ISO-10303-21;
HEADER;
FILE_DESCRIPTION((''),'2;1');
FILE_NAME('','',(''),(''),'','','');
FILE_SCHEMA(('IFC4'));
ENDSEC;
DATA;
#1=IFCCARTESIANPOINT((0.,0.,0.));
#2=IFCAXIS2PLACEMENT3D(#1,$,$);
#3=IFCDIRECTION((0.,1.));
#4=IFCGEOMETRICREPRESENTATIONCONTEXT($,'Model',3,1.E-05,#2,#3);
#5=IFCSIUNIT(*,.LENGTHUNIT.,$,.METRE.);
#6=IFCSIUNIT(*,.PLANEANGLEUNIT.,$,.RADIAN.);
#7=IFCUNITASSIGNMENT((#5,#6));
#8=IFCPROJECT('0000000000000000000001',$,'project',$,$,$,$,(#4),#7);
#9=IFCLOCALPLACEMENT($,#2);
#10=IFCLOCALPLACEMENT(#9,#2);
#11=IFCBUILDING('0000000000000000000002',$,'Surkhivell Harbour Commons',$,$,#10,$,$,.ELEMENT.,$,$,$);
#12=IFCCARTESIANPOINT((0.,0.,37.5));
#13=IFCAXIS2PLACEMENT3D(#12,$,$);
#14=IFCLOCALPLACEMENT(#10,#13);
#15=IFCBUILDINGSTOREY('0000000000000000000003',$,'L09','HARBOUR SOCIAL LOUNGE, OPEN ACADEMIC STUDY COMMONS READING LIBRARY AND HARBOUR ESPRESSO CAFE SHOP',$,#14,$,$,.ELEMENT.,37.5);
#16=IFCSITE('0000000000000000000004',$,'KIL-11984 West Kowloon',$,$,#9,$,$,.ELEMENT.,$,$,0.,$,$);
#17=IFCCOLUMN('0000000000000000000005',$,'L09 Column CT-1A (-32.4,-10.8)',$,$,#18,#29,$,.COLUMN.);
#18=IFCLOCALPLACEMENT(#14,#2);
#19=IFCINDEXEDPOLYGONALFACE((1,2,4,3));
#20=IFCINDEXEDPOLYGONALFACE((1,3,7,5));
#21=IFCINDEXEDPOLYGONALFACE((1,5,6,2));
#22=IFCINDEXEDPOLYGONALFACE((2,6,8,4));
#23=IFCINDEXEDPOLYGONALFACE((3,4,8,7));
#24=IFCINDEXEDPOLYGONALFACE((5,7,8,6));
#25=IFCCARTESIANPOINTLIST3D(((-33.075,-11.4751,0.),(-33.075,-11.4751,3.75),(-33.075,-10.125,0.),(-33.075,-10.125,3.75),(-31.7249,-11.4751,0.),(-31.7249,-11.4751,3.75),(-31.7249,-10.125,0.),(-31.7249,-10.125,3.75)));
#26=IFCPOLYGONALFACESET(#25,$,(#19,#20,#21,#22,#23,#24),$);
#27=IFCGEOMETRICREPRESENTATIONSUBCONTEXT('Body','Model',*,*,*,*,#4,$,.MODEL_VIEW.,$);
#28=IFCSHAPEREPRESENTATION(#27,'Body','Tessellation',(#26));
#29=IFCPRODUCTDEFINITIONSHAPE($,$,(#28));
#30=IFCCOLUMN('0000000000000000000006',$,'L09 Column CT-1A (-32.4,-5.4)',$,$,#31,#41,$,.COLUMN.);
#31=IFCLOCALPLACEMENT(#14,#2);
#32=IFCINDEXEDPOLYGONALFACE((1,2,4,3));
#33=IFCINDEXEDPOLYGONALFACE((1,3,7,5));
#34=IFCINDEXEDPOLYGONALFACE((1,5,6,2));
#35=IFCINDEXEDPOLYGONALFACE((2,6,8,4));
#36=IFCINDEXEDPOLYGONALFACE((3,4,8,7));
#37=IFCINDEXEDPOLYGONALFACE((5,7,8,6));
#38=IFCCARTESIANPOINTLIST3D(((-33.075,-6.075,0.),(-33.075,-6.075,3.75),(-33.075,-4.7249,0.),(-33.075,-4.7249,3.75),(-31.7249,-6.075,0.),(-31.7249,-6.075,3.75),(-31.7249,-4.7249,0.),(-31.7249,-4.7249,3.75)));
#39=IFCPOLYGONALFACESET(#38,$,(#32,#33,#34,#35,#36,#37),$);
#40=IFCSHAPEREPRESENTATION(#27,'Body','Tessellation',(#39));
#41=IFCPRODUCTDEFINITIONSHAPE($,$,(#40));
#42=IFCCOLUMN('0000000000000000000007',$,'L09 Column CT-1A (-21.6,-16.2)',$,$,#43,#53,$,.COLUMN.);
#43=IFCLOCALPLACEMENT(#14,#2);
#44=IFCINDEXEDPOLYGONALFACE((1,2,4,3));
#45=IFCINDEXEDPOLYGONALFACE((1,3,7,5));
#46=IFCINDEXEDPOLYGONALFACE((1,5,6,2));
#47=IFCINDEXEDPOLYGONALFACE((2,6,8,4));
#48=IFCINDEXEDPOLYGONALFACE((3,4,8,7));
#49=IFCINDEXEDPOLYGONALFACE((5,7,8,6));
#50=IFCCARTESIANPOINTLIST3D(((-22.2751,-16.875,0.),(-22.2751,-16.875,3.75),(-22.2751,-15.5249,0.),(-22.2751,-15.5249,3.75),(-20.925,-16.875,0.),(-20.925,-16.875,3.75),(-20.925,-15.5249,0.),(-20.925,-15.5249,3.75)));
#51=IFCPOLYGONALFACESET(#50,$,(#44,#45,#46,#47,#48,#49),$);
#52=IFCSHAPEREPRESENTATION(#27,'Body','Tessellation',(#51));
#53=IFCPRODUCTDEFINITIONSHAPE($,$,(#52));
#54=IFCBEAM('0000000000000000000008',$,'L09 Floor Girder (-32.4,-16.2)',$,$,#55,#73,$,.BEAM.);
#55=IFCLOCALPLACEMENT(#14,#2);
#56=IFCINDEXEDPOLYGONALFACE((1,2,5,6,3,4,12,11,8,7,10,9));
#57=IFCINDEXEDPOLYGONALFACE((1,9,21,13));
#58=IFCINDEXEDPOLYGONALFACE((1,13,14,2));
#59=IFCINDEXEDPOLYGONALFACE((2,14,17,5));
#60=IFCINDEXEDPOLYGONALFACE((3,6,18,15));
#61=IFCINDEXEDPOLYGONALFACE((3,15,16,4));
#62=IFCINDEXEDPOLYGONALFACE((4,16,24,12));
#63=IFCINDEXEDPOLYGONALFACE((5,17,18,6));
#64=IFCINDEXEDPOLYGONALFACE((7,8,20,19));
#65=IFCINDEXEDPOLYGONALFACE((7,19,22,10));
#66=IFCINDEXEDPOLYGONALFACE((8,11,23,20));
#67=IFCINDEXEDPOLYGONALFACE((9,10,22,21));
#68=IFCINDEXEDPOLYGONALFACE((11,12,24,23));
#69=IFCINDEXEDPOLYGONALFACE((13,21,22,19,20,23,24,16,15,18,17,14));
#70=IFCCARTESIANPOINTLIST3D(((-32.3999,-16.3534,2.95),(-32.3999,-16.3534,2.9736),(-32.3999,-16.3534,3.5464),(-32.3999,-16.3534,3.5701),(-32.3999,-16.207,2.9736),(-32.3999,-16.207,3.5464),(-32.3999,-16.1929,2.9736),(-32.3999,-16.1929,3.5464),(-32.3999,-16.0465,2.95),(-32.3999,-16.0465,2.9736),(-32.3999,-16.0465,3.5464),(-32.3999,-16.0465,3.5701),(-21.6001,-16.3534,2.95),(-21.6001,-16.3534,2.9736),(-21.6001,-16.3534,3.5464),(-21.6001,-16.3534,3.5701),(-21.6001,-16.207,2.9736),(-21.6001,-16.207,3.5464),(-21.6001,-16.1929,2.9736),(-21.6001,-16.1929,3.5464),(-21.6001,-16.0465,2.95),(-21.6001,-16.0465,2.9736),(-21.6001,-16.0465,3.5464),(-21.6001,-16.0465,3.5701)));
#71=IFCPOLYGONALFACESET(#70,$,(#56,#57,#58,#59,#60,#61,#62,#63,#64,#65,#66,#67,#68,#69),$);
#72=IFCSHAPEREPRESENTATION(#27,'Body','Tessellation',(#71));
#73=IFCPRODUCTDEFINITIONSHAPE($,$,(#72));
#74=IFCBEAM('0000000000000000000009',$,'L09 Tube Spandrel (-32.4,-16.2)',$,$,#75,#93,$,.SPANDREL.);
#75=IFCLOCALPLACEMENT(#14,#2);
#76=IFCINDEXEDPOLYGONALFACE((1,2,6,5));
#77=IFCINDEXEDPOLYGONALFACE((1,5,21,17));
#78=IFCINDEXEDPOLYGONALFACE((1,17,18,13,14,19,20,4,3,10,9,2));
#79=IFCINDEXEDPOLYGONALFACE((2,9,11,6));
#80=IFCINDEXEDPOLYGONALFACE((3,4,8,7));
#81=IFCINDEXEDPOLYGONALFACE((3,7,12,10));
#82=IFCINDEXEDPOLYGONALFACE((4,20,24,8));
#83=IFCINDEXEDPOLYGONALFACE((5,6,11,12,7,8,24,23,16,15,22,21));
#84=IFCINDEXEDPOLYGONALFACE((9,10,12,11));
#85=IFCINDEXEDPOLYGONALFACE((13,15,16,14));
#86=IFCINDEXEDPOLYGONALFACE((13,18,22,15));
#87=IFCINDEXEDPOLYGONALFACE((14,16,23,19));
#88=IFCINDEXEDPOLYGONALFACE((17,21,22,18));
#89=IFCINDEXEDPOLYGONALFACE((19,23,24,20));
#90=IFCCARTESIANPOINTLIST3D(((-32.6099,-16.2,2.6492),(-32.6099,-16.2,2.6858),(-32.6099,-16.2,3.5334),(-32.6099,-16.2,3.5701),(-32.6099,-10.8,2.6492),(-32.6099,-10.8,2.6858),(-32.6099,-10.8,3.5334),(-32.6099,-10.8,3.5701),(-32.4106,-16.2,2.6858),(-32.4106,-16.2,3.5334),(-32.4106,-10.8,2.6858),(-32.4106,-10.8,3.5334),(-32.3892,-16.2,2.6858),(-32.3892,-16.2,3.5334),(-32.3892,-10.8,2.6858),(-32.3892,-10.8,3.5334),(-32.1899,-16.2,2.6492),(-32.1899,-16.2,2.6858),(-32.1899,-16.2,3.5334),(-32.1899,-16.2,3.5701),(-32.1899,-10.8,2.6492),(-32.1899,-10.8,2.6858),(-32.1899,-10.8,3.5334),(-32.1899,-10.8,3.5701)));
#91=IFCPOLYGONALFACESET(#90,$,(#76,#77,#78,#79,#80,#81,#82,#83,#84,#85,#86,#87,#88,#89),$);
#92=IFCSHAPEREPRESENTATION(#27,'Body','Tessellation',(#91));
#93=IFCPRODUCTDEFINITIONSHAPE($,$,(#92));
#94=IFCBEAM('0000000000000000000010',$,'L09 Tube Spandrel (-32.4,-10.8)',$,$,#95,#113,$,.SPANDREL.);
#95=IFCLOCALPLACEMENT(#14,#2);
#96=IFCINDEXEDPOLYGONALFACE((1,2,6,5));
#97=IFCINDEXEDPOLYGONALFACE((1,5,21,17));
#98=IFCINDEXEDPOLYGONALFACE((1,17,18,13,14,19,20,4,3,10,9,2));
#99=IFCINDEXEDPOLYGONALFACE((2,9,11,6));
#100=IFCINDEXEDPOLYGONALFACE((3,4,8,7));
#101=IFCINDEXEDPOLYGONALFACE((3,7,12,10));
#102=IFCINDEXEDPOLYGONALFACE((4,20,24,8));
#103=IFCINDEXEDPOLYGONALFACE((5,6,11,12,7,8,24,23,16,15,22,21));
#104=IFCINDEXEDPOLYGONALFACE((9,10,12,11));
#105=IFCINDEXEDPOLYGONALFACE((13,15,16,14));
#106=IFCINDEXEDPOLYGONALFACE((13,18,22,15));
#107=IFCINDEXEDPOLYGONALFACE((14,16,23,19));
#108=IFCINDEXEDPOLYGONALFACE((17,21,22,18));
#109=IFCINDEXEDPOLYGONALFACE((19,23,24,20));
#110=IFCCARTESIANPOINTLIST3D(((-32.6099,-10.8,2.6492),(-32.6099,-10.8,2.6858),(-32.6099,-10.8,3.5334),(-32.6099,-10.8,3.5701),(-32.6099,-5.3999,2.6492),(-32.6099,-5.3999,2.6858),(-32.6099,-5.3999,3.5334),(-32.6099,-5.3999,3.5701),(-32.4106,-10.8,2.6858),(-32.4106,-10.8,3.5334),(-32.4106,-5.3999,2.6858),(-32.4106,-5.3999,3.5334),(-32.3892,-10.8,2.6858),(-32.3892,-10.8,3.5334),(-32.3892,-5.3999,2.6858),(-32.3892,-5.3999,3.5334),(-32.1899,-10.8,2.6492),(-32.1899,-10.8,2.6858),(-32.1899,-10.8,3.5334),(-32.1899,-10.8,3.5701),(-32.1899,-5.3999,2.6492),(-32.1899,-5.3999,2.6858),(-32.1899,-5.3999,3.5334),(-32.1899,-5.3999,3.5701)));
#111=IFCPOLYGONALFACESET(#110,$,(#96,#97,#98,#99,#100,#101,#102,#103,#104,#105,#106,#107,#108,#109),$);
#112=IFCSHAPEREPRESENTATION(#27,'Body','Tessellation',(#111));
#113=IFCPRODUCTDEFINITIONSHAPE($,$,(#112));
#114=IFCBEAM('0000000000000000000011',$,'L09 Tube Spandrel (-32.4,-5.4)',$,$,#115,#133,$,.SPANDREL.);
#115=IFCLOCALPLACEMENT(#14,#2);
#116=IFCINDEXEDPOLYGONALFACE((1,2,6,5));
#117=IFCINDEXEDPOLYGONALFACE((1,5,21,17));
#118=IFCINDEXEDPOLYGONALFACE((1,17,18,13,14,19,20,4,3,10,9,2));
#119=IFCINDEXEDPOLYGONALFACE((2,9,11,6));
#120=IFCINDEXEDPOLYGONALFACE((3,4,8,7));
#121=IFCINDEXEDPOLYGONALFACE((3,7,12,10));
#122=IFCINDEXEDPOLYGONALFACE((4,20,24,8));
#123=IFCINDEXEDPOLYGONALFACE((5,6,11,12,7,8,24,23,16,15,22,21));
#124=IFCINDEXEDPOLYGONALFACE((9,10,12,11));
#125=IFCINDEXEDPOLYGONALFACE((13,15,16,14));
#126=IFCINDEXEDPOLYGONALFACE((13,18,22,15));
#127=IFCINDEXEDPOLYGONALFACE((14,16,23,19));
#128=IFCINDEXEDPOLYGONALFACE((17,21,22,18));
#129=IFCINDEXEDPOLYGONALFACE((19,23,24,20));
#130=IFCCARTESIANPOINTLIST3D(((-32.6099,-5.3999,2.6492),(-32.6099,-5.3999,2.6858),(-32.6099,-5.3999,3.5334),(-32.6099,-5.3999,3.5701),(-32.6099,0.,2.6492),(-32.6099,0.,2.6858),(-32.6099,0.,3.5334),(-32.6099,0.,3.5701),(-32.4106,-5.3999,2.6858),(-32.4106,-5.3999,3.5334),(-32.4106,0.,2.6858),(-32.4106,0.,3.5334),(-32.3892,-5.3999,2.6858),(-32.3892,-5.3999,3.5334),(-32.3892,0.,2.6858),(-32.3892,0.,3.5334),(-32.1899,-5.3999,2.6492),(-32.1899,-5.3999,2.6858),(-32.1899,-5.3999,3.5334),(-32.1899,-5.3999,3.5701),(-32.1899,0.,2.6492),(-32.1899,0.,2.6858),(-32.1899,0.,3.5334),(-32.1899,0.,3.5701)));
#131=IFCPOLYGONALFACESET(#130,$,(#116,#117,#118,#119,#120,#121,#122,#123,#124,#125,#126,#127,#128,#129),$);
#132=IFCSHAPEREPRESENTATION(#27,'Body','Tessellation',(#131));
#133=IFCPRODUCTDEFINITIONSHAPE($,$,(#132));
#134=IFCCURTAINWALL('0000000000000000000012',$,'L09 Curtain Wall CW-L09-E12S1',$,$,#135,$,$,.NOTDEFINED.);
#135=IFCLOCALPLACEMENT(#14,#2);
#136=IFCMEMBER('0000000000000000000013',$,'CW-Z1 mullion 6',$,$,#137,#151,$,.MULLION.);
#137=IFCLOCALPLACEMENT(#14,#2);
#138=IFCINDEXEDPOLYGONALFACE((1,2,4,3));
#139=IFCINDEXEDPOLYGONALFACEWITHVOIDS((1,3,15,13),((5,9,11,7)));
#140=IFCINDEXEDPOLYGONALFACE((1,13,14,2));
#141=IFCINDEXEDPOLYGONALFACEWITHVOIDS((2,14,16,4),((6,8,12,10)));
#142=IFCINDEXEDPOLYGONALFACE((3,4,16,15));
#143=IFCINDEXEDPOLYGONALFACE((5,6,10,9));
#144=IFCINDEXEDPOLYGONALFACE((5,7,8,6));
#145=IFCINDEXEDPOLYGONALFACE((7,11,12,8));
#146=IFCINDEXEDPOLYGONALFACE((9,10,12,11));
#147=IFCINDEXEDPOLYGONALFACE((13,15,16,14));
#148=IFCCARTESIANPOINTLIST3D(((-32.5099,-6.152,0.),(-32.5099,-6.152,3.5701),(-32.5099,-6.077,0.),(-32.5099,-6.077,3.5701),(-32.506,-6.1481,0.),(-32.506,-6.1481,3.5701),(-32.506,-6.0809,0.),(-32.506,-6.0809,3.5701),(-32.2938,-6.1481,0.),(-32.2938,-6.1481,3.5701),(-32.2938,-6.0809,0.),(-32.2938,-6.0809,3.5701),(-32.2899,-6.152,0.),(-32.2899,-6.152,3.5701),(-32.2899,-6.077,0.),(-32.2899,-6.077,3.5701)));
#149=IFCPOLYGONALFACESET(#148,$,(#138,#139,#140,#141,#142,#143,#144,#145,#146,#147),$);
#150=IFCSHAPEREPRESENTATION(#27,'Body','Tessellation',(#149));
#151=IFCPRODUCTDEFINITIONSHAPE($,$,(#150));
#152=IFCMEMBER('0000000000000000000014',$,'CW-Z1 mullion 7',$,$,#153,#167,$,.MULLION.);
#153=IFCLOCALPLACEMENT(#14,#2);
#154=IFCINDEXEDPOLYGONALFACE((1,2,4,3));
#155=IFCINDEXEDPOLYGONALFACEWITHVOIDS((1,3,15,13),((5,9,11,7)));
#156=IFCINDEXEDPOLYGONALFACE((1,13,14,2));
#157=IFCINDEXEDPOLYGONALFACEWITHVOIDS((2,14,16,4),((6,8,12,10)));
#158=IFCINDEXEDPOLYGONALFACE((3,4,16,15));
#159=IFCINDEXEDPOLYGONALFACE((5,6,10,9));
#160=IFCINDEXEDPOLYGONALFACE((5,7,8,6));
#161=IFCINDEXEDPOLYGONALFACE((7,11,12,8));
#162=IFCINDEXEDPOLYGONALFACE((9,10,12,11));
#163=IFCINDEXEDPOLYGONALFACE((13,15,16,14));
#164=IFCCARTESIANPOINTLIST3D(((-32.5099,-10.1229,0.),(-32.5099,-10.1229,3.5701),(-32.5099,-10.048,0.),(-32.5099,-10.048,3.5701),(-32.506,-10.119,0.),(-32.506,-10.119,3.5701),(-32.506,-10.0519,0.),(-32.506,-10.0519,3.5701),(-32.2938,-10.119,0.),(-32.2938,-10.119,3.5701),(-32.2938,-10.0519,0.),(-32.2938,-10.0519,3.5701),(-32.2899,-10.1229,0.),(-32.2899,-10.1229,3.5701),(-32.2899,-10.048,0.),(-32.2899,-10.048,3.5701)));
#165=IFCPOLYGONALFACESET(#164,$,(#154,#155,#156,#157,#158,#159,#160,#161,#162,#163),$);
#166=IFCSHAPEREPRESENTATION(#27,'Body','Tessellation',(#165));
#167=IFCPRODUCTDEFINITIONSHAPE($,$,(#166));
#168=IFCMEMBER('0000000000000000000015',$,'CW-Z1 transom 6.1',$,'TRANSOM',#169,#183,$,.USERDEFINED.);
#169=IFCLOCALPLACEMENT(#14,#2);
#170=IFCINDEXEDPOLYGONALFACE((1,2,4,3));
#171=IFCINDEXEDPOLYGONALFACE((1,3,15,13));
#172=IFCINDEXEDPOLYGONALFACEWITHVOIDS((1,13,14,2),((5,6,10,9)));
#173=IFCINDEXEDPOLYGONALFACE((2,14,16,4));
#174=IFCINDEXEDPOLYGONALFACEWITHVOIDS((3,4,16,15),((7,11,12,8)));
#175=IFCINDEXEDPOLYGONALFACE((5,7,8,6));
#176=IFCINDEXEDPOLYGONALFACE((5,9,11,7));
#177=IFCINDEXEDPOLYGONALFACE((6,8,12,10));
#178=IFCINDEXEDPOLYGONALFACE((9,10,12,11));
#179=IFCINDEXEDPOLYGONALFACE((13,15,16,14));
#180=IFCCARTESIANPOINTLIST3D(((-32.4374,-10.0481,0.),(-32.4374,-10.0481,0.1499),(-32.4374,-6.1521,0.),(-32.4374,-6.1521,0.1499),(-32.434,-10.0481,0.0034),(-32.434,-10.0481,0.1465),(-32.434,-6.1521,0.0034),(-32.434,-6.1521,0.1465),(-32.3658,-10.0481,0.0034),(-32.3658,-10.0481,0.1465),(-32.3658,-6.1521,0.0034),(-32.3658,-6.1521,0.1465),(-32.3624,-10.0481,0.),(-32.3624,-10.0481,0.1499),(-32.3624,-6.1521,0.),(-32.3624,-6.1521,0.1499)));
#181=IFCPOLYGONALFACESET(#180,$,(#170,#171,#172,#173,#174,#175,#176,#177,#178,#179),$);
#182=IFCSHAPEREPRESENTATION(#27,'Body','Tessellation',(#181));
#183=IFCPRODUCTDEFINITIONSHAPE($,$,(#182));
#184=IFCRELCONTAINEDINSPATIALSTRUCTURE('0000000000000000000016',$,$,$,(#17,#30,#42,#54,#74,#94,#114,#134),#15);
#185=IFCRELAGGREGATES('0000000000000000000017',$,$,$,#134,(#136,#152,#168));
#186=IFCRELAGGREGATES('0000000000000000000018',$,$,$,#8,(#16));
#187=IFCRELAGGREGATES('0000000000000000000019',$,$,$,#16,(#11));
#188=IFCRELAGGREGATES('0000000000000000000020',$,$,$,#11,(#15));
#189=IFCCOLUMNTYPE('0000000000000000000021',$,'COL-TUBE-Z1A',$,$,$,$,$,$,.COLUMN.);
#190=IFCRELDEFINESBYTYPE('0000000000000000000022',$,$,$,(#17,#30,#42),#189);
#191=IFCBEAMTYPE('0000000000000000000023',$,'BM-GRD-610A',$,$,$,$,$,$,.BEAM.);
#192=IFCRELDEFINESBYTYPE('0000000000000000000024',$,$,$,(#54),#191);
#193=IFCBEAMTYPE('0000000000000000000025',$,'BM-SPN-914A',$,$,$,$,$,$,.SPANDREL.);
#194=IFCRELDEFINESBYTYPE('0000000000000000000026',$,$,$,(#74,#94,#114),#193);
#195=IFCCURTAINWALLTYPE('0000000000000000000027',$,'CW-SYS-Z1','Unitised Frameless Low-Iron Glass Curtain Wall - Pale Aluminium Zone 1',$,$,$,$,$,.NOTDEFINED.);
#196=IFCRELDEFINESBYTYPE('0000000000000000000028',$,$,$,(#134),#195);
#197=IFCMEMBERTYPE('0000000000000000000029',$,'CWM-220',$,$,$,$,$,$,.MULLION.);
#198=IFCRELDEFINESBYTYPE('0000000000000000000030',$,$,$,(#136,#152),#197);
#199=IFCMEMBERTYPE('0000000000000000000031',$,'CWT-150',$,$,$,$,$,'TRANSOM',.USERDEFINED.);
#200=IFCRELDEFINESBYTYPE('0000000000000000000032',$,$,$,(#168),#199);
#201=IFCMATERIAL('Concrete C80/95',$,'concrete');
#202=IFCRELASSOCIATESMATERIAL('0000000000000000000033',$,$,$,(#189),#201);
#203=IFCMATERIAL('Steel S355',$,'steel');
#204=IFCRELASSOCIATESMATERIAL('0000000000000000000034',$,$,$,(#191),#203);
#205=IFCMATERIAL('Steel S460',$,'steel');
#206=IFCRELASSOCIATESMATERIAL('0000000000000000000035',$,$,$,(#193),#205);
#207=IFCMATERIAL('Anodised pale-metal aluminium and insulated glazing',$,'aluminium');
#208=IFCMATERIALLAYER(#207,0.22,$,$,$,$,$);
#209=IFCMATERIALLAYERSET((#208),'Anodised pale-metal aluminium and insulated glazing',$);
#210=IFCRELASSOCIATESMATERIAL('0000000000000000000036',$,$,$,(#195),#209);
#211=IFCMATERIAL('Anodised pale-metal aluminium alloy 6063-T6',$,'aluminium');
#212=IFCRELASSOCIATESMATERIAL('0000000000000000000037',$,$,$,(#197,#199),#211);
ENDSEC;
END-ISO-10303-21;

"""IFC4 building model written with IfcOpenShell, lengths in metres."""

from ifc_helpers import new_model, si_unit, direction, frame, origin, origin_2d, place, context, subcontext, project, spatial, rectangle, hollow_rectangle, i_section, extrude, material, layer, layer_set, material_profile, profile_set, type_object, element, aggregate, save


model = new_model("IFC4")

# Units and contexts
model_context = context("Model", 3, precision=1e-05, world=origin(), true_north=direction((0.0, 1.0)))
body_context = subcontext(model_context, "Body", "Model", "MODEL_VIEW")
ifc_project = project(units=[si_unit("LENGTHUNIT", "METRE"), si_unit("PLANEANGLEUNIT", "RADIAN")], contexts=[model_context])

# Site, building, storey
site_placement = place(None, origin())
site = spatial("IfcSite", under=ifc_project, at=site_placement, Name="KIL-11984 West Kowloon", CompositionType="ELEMENT", RefElevation=0.0)
building_placement = place(site_placement, origin())
building = spatial("IfcBuilding", under=site, at=building_placement, Name="Surkhivell Harbour Commons", CompositionType="ELEMENT")
storey_placement = place(building_placement, frame((0.0, 0.0, 37.5)))
storey = spatial("IfcBuildingStorey", under=building, at=storey_placement, Name="L09", Description="HARBOUR SOCIAL LOUNGE, OPEN ACADEMIC STUDY COMMONS READING LIBRARY AND HARBOUR ESPRESSO CAFE SHOP", CompositionType="ELEMENT", Elevation=37.5)

# Columns
ifc_material_1 = material(Name="Concrete C80/95", Category="concrete")
ifc_material_profile_1 = material_profile(ifc_material_1, rectangle(XDim=1.3501, YDim=1.3501, at=origin_2d()), Name="RC-COL-1350x1350")
ifc_profile_set_1 = profile_set([ifc_material_profile_1], Name="Concrete C80/95")
column_type = type_object("IfcColumnType", Name="COL-TUBE-Z1A", PredefinedType="COLUMN", material=ifc_profile_set_1)
for number, where, z_axis, x_axis, name in (
    (1, (-32.3999, -10.8, 0.0), (0.0, 0.0, 1.0), (1.0, 0.0, 0.0), "L09 Column CT-1A (-32.4,-10.8)"),
    (2, (-32.3999, -5.3999, 0.0), (0.0, 0.0, 1.0), (1.0, 0.0, 0.0), "L09 Column CT-1A (-32.4,-5.4)"),
    (3, (-21.6001, -16.2, 0.0), (0.0, 0.0, 1.0), (1.0, 0.0, 0.0), "L09 Column CT-1A (-21.6,-16.2)"),
):
    element("IfcColumn", number, at=place(storey_placement, frame(where, z_axis=z_axis, x_axis=x_axis)), inside=storey, type_object=column_type, Name=name, PredefinedType="COLUMN", context=body_context, shape_type="SweptSolid", body=[
        extrude(rectangle(XDim=1.3501, YDim=1.3501, at=origin_2d()), origin(), (0.0, 0.0, 1.0), 3.75),
    ])

# Beams
ifc_material_2 = material(Name="Steel S355", Category="steel")
ifc_material_profile_2 = material_profile(ifc_material_2, i_section(OverallWidth=0.3069, OverallDepth=0.6201, WebThickness=0.0142, FlangeThickness=0.0237, at=origin_2d()), Name="UB610x305x179")
ifc_profile_set_2 = profile_set([ifc_material_profile_2], Name="Steel S355")
beam_type_1 = type_object("IfcBeamType", Name="BM-GRD-610A", PredefinedType="BEAM", material=ifc_profile_set_2)
beam_1_placement = place(storey_placement, frame((-32.3999, -16.2, 3.26), z_axis=(1.0, 0.0, 0.0), x_axis=(0.0, 1.0, 0.0)))
element("IfcBeam", 4, at=beam_1_placement, inside=storey, type_object=beam_type_1, Name="L09 Floor Girder (-32.4,-16.2)", PredefinedType="BEAM", context=body_context, shape_type="SweptSolid", body=[
    extrude(i_section(OverallWidth=0.3069, OverallDepth=0.6201, WebThickness=0.0142, FlangeThickness=0.0237, at=origin_2d()), origin(), (0.0, 0.0, 1.0), 10.7998),
])
ifc_material_3 = material(Name="Steel S460", Category="steel")
ifc_material_profile_3 = material_profile(ifc_material_3, i_section(OverallWidth=0.4199, OverallDepth=0.9209, WebThickness=0.0215, FlangeThickness=0.0366, at=origin_2d()), Name="UB914x419x388")
ifc_profile_set_3 = profile_set([ifc_material_profile_3], Name="Steel S460")
beam_type_2 = type_object("IfcBeamType", Name="BM-SPN-914A", PredefinedType="SPANDREL", material=ifc_profile_set_3)
beam_2_placement = place(storey_placement, frame((-32.3999, -16.2, 3.1096), z_axis=(0.0, 1.0, 0.0), x_axis=(-1.0, 0.0, 0.0)))
element("IfcBeam", 5, at=beam_2_placement, inside=storey, type_object=beam_type_2, Name="L09 Tube Spandrel (-32.4,-16.2)", PredefinedType="SPANDREL", context=body_context, shape_type="SweptSolid", body=[
    extrude(i_section(OverallWidth=0.4199, OverallDepth=0.9209, WebThickness=0.0215, FlangeThickness=0.0366, at=origin_2d()), origin(), (0.0, 0.0, 1.0), 5.3999),
])
beam_3_placement = place(storey_placement, frame((-32.3999, -10.8, 3.1096), z_axis=(0.0, 1.0, 0.0), x_axis=(-1.0, 0.0, 0.0)))
element("IfcBeam", 6, at=beam_3_placement, inside=storey, type_object=beam_type_2, Name="L09 Tube Spandrel (-32.4,-10.8)", PredefinedType="SPANDREL", context=body_context, shape_type="SweptSolid", body=[
    extrude(i_section(OverallWidth=0.4199, OverallDepth=0.9209, WebThickness=0.0215, FlangeThickness=0.0366, at=origin_2d()), origin(), (0.0, 0.0, 1.0), 5.4001),
])
beam_4_placement = place(storey_placement, frame((-32.3999, -5.3999, 3.1096), z_axis=(0.0, 1.0, 0.0), x_axis=(-1.0, 0.0, 0.0)))
element("IfcBeam", 7, at=beam_4_placement, inside=storey, type_object=beam_type_2, Name="L09 Tube Spandrel (-32.4,-5.4)", PredefinedType="SPANDREL", context=body_context, shape_type="SweptSolid", body=[
    extrude(i_section(OverallWidth=0.4199, OverallDepth=0.9209, WebThickness=0.0215, FlangeThickness=0.0366, at=origin_2d()), origin(), (0.0, 0.0, 1.0), 5.3999),
])

# Curtain wall, members
ifc_material_4 = material(Name="Anodised pale-metal aluminium and insulated glazing", Category="aluminium")
ifc_layer_1 = layer(ifc_material_4, 0.22)
ifc_layer_set_1 = layer_set([ifc_layer_1], Name="Anodised pale-metal aluminium and insulated glazing")
curtain_wall_type = type_object("IfcCurtainWallType", Name="CW-SYS-Z1", Description="Unitised Frameless Low-Iron Glass Curtain Wall - Pale Aluminium Zone 1", PredefinedType="NOTDEFINED", material=ifc_layer_set_1)
curtain_wall_placement = place(storey_placement, origin())
curtain_wall = element("IfcCurtainWall", 8, at=curtain_wall_placement, inside=storey, type_object=curtain_wall_type, Name="L09 Curtain Wall CW-L09-E12S1", PredefinedType="NOTDEFINED")
ifc_material_5 = material(Name="Anodised pale-metal aluminium alloy 6063-T6", Category="aluminium")
ifc_material_profile_4 = material_profile(ifc_material_5, hollow_rectangle(XDim=0.075, YDim=0.22, WallThickness=0.0039, at=origin_2d()), Name="ALU-MULL-75x220")
ifc_profile_set_4 = profile_set([ifc_material_profile_4], Name="Anodised pale-metal aluminium alloy 6063-T6")
member_type_1 = type_object("IfcMemberType", Name="CWM-220", PredefinedType="MULLION", material=ifc_profile_set_4)
member_1_placement = place(storey_placement, frame((-32.3999, -6.1145, 0.0), z_axis=(0.0, 0.0, 1.0), x_axis=(0.0, -1.0, 0.0)))
member_1 = element("IfcMember", 9, at=member_1_placement, type_object=member_type_1, Name="CW-Z1 mullion 6", PredefinedType="MULLION", context=body_context, shape_type="SweptSolid", body=[
    extrude(hollow_rectangle(XDim=0.075, YDim=0.22, WallThickness=0.0039, at=origin_2d()), origin(), (0.0, 0.0, 1.0), 3.5701),
])
member_2_placement = place(storey_placement, frame((-32.3999, -10.0854, 0.0), z_axis=(0.0, 0.0, 1.0), x_axis=(0.0, -1.0, 0.0)))
member_2 = element("IfcMember", 10, at=member_2_placement, type_object=member_type_1, Name="CW-Z1 mullion 7", PredefinedType="MULLION", context=body_context, shape_type="SweptSolid", body=[
    extrude(hollow_rectangle(XDim=0.075, YDim=0.22, WallThickness=0.0039, at=origin_2d()), origin(), (0.0, 0.0, 1.0), 3.5701),
])
ifc_material_profile_5 = material_profile(ifc_material_5, hollow_rectangle(XDim=0.075, YDim=0.1499, WallThickness=0.0034, at=origin_2d()), Name="ALU-TRAN-75x150")
ifc_profile_set_5 = profile_set([ifc_material_profile_5], Name="Anodised pale-metal aluminium alloy 6063-T6")
member_type_2 = type_object("IfcMemberType", Name="CWT-150", ElementType="TRANSOM", PredefinedType="USERDEFINED", material=ifc_profile_set_5)
member_3_placement = place(storey_placement, frame((-32.3999, -6.1521, 0.075), z_axis=(0.0, -1.0, 0.0), x_axis=(1.0, 0.0, 0.0)))
member_3 = element("IfcMember", 11, at=member_3_placement, type_object=member_type_2, Name="CW-Z1 transom 6.1", ObjectType="TRANSOM", PredefinedType="USERDEFINED", context=body_context, shape_type="SweptSolid", body=[
    extrude(hollow_rectangle(XDim=0.075, YDim=0.1499, WallThickness=0.0034, at=origin_2d()), origin(), (0.0, 0.0, 1.0), 3.896),
])

aggregate(curtain_wall, [member_1, member_2, member_3])

save(model, "model.ifc")
